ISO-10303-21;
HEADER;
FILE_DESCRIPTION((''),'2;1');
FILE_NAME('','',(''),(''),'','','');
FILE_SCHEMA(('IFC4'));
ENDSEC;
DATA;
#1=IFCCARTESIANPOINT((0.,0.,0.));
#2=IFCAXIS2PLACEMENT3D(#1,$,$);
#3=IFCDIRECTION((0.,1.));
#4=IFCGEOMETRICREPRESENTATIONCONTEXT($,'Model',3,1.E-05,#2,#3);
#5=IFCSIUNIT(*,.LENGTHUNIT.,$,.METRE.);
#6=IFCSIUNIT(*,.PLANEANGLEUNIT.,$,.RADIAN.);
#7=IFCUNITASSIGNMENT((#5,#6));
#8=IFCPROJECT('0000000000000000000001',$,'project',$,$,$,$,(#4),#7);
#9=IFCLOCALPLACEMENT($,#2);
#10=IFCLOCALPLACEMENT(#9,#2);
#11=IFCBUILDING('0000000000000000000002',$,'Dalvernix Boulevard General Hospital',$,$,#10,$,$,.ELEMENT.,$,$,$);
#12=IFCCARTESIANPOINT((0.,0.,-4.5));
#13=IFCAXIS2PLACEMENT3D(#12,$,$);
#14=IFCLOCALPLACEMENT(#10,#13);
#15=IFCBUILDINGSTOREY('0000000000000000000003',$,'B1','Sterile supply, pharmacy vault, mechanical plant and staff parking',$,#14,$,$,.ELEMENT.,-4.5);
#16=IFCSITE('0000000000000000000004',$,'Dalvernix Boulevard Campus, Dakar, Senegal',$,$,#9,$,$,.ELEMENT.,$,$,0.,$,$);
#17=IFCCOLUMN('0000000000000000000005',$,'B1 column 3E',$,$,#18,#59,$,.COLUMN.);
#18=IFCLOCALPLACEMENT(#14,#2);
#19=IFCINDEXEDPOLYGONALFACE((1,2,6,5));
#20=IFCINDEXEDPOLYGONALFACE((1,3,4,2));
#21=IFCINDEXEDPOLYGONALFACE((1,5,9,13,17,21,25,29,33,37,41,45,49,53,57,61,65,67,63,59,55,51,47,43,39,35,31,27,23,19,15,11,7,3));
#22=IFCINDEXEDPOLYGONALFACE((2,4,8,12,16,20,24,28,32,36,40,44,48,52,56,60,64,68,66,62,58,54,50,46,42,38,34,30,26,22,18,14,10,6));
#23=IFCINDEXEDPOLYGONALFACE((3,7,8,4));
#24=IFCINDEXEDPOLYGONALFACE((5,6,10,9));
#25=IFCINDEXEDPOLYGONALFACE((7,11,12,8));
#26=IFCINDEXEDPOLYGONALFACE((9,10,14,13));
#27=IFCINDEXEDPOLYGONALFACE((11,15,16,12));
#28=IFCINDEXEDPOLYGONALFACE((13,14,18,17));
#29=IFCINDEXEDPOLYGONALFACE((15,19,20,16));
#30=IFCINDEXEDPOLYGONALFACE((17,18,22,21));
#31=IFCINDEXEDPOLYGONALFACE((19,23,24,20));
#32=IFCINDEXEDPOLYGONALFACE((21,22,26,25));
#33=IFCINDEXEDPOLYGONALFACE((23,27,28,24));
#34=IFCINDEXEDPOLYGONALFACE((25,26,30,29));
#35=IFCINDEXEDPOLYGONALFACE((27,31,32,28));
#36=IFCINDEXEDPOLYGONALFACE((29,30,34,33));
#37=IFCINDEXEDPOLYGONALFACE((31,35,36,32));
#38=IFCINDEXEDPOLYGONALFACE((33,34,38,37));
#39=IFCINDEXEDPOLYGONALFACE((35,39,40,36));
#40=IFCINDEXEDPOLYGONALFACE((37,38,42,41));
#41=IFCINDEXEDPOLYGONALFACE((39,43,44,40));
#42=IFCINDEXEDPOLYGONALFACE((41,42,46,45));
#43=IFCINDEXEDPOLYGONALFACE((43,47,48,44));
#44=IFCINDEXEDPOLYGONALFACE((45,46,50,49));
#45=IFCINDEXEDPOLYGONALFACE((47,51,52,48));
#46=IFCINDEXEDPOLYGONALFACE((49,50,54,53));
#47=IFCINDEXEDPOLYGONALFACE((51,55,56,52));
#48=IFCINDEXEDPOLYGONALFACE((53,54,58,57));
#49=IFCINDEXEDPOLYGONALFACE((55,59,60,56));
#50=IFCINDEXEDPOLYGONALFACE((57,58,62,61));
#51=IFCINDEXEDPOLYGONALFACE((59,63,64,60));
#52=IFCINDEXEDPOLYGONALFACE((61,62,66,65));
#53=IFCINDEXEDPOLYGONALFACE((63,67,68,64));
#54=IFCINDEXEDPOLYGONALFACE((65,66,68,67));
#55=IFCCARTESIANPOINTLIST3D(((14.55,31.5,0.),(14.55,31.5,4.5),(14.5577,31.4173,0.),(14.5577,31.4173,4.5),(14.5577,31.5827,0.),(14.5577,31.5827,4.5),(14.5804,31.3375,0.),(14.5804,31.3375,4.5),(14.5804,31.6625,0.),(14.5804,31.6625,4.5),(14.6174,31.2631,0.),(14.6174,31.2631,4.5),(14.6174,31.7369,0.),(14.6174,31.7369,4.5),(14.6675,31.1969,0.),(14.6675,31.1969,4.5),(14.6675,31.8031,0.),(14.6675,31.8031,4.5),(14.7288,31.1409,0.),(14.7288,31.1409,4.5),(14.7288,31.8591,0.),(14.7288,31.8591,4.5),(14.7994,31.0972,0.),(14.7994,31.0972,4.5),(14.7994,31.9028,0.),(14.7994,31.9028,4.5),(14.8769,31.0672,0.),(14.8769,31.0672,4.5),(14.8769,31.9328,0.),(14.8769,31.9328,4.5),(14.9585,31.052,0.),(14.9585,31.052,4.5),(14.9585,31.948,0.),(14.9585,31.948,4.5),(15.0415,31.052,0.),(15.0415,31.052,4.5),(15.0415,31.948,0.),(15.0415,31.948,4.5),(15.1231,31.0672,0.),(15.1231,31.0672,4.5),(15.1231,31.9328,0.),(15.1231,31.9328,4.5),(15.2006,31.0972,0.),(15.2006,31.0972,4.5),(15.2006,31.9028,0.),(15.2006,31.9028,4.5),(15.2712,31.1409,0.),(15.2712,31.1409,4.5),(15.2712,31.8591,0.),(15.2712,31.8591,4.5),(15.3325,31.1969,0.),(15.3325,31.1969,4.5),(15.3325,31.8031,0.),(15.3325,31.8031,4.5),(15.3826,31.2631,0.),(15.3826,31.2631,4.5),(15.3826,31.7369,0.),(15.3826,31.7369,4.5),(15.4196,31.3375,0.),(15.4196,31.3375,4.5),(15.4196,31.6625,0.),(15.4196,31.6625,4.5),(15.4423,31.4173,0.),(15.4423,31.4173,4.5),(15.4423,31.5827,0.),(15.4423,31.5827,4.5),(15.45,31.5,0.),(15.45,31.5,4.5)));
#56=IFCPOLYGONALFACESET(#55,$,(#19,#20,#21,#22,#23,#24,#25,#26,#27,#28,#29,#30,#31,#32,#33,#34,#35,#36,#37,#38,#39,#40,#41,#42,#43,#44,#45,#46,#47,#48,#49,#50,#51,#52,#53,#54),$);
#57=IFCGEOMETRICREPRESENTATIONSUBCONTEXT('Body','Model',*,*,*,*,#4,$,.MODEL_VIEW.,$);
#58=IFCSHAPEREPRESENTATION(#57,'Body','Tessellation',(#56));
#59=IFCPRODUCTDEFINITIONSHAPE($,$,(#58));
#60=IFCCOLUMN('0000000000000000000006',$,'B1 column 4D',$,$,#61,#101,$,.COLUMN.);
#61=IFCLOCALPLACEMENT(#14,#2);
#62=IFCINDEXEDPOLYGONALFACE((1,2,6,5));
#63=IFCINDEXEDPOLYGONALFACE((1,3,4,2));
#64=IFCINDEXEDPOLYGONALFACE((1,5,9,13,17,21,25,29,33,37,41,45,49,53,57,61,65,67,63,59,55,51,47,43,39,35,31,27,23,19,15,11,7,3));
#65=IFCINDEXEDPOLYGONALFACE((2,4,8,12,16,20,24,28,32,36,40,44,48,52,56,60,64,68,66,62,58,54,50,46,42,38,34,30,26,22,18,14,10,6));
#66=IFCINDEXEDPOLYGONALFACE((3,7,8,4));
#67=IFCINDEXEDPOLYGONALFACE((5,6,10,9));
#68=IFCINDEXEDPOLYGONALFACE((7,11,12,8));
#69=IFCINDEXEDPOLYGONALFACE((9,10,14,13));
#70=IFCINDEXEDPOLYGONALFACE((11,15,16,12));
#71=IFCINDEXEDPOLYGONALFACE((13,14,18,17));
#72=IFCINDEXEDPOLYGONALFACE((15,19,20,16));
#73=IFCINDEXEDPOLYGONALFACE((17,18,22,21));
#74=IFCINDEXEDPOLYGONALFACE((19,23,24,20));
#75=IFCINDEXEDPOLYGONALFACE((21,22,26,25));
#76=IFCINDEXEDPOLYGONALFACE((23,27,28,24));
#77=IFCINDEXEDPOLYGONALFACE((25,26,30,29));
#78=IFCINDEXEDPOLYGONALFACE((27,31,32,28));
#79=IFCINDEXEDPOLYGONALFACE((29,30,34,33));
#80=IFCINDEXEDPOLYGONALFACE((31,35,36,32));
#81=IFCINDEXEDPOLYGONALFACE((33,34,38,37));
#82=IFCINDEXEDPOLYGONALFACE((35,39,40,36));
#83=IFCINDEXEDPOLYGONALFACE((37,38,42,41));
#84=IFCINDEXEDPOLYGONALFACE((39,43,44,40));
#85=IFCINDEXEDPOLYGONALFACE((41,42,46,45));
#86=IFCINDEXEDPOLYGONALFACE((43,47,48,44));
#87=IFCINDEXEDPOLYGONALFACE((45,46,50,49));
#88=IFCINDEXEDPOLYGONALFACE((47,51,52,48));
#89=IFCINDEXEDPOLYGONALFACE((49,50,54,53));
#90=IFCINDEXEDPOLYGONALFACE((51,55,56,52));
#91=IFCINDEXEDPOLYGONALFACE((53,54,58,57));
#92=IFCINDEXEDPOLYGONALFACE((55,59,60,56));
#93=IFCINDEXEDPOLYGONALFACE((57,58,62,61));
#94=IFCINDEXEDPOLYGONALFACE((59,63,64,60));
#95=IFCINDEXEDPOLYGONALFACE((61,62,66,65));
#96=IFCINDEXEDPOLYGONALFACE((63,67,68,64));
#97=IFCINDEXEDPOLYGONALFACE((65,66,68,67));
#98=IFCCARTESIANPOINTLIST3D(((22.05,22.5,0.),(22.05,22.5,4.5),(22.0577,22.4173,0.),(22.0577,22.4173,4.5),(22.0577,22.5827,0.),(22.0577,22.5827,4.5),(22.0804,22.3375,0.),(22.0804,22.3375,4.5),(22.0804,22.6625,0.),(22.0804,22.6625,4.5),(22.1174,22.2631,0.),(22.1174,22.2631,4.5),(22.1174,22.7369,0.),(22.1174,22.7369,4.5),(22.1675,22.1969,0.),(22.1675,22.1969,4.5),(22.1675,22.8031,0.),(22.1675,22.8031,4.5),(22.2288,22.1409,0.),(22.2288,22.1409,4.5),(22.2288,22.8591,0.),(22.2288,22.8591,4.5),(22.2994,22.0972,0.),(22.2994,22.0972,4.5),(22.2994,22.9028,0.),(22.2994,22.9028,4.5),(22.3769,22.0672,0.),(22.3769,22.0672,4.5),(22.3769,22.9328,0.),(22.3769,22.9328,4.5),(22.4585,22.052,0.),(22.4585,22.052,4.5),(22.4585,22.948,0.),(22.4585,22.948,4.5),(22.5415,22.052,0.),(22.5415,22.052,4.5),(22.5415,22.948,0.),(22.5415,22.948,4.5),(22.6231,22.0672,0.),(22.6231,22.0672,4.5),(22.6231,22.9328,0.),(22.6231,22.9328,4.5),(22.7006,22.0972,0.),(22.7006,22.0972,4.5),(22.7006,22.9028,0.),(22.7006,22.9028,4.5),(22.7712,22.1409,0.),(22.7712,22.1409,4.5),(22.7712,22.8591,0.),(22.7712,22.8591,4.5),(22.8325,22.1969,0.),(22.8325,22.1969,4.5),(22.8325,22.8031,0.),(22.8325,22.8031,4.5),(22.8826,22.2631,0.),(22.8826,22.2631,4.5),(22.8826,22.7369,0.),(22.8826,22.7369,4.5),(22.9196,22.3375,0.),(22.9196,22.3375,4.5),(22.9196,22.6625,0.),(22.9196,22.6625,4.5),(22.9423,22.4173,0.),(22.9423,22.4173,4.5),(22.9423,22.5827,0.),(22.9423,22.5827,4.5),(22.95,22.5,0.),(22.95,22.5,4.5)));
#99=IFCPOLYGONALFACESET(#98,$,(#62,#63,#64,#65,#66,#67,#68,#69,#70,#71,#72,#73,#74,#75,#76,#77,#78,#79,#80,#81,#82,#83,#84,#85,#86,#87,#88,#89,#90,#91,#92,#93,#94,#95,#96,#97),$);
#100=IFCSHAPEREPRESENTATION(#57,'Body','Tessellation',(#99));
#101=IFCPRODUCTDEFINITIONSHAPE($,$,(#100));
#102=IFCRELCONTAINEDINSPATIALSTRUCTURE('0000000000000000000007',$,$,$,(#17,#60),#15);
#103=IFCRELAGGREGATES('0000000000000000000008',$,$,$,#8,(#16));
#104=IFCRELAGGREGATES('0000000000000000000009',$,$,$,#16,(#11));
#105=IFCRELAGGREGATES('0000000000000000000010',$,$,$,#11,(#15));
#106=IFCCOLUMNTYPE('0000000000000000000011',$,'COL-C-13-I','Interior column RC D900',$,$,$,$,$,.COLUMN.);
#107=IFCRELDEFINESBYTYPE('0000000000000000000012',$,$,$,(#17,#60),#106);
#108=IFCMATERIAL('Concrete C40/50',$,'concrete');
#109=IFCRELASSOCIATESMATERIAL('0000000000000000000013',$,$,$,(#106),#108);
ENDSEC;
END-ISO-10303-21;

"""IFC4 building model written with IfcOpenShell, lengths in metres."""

from ifc_helpers import new_model, si_unit, direction, frame, origin, origin_2d, place, context, subcontext, project, spatial, circle, extrude, material, material_profile, profile_set, type_object, element, save


model = new_model("IFC4")

# Units and contexts
model_context = context("Model", 3, precision=1e-05, world=origin(), true_north=direction((0.0, 1.0)))
body_context = subcontext(model_context, "Body", "Model", "MODEL_VIEW")
ifc_project = project(units=[si_unit("LENGTHUNIT", "METRE"), si_unit("PLANEANGLEUNIT", "RADIAN")], contexts=[model_context])

# Site, building, storey
site_placement = place(None, origin())
site = spatial("IfcSite", under=ifc_project, at=site_placement, Name="Dalvernix Boulevard Campus, Dakar, Senegal", CompositionType="ELEMENT", RefElevation=0.0)
building_placement = place(site_placement, origin())
building = spatial("IfcBuilding", under=site, at=building_placement, Name="Dalvernix Boulevard General Hospital", CompositionType="ELEMENT")
storey_placement = place(building_placement, frame((0.0, 0.0, -4.5)))
storey = spatial("IfcBuildingStorey", under=building, at=storey_placement, Name="B1", Description="Sterile supply, pharmacy vault, mechanical plant and staff parking", CompositionType="ELEMENT", Elevation=-4.5)

# Shared definitions
ifc_material_1 = material(Name="Concrete C40/50", Category="concrete")

# Columns
ifc_material_profile_1 = material_profile(ifc_material_1, circle(Radius=0.45, at=origin_2d()), Name="RC D900")
ifc_profile_set_1 = profile_set([ifc_material_profile_1], Name="Concrete C40/50")
column_type_1 = type_object("IfcColumnType", Name="COL-C-13-I", Description="Interior column RC D900", PredefinedType="COLUMN", material=ifc_profile_set_1)
for number, where, z_axis, x_axis, name in (
    (1, (15.0, 31.5, 0.0), (0.0, 0.0, 1.0), (1.0, 0.0, 0.0), "B1 column 3E"),
    (2, (22.5, 22.5, 0.0), (0.0, 0.0, 1.0), (1.0, 0.0, 0.0), "B1 column 4D"),
):
    element("IfcColumn", number, at=place(storey_placement, frame(where, z_axis=z_axis, x_axis=x_axis)), inside=storey, type_object=column_type_1, Name=name, PredefinedType="COLUMN", context=body_context, shape_type="SweptSolid", body=[
        extrude(circle(Radius=0.45, at=origin_2d()), origin(), (0.0, 0.0, 1.0), 4.5),
    ])

save(model, "model.ifc")
